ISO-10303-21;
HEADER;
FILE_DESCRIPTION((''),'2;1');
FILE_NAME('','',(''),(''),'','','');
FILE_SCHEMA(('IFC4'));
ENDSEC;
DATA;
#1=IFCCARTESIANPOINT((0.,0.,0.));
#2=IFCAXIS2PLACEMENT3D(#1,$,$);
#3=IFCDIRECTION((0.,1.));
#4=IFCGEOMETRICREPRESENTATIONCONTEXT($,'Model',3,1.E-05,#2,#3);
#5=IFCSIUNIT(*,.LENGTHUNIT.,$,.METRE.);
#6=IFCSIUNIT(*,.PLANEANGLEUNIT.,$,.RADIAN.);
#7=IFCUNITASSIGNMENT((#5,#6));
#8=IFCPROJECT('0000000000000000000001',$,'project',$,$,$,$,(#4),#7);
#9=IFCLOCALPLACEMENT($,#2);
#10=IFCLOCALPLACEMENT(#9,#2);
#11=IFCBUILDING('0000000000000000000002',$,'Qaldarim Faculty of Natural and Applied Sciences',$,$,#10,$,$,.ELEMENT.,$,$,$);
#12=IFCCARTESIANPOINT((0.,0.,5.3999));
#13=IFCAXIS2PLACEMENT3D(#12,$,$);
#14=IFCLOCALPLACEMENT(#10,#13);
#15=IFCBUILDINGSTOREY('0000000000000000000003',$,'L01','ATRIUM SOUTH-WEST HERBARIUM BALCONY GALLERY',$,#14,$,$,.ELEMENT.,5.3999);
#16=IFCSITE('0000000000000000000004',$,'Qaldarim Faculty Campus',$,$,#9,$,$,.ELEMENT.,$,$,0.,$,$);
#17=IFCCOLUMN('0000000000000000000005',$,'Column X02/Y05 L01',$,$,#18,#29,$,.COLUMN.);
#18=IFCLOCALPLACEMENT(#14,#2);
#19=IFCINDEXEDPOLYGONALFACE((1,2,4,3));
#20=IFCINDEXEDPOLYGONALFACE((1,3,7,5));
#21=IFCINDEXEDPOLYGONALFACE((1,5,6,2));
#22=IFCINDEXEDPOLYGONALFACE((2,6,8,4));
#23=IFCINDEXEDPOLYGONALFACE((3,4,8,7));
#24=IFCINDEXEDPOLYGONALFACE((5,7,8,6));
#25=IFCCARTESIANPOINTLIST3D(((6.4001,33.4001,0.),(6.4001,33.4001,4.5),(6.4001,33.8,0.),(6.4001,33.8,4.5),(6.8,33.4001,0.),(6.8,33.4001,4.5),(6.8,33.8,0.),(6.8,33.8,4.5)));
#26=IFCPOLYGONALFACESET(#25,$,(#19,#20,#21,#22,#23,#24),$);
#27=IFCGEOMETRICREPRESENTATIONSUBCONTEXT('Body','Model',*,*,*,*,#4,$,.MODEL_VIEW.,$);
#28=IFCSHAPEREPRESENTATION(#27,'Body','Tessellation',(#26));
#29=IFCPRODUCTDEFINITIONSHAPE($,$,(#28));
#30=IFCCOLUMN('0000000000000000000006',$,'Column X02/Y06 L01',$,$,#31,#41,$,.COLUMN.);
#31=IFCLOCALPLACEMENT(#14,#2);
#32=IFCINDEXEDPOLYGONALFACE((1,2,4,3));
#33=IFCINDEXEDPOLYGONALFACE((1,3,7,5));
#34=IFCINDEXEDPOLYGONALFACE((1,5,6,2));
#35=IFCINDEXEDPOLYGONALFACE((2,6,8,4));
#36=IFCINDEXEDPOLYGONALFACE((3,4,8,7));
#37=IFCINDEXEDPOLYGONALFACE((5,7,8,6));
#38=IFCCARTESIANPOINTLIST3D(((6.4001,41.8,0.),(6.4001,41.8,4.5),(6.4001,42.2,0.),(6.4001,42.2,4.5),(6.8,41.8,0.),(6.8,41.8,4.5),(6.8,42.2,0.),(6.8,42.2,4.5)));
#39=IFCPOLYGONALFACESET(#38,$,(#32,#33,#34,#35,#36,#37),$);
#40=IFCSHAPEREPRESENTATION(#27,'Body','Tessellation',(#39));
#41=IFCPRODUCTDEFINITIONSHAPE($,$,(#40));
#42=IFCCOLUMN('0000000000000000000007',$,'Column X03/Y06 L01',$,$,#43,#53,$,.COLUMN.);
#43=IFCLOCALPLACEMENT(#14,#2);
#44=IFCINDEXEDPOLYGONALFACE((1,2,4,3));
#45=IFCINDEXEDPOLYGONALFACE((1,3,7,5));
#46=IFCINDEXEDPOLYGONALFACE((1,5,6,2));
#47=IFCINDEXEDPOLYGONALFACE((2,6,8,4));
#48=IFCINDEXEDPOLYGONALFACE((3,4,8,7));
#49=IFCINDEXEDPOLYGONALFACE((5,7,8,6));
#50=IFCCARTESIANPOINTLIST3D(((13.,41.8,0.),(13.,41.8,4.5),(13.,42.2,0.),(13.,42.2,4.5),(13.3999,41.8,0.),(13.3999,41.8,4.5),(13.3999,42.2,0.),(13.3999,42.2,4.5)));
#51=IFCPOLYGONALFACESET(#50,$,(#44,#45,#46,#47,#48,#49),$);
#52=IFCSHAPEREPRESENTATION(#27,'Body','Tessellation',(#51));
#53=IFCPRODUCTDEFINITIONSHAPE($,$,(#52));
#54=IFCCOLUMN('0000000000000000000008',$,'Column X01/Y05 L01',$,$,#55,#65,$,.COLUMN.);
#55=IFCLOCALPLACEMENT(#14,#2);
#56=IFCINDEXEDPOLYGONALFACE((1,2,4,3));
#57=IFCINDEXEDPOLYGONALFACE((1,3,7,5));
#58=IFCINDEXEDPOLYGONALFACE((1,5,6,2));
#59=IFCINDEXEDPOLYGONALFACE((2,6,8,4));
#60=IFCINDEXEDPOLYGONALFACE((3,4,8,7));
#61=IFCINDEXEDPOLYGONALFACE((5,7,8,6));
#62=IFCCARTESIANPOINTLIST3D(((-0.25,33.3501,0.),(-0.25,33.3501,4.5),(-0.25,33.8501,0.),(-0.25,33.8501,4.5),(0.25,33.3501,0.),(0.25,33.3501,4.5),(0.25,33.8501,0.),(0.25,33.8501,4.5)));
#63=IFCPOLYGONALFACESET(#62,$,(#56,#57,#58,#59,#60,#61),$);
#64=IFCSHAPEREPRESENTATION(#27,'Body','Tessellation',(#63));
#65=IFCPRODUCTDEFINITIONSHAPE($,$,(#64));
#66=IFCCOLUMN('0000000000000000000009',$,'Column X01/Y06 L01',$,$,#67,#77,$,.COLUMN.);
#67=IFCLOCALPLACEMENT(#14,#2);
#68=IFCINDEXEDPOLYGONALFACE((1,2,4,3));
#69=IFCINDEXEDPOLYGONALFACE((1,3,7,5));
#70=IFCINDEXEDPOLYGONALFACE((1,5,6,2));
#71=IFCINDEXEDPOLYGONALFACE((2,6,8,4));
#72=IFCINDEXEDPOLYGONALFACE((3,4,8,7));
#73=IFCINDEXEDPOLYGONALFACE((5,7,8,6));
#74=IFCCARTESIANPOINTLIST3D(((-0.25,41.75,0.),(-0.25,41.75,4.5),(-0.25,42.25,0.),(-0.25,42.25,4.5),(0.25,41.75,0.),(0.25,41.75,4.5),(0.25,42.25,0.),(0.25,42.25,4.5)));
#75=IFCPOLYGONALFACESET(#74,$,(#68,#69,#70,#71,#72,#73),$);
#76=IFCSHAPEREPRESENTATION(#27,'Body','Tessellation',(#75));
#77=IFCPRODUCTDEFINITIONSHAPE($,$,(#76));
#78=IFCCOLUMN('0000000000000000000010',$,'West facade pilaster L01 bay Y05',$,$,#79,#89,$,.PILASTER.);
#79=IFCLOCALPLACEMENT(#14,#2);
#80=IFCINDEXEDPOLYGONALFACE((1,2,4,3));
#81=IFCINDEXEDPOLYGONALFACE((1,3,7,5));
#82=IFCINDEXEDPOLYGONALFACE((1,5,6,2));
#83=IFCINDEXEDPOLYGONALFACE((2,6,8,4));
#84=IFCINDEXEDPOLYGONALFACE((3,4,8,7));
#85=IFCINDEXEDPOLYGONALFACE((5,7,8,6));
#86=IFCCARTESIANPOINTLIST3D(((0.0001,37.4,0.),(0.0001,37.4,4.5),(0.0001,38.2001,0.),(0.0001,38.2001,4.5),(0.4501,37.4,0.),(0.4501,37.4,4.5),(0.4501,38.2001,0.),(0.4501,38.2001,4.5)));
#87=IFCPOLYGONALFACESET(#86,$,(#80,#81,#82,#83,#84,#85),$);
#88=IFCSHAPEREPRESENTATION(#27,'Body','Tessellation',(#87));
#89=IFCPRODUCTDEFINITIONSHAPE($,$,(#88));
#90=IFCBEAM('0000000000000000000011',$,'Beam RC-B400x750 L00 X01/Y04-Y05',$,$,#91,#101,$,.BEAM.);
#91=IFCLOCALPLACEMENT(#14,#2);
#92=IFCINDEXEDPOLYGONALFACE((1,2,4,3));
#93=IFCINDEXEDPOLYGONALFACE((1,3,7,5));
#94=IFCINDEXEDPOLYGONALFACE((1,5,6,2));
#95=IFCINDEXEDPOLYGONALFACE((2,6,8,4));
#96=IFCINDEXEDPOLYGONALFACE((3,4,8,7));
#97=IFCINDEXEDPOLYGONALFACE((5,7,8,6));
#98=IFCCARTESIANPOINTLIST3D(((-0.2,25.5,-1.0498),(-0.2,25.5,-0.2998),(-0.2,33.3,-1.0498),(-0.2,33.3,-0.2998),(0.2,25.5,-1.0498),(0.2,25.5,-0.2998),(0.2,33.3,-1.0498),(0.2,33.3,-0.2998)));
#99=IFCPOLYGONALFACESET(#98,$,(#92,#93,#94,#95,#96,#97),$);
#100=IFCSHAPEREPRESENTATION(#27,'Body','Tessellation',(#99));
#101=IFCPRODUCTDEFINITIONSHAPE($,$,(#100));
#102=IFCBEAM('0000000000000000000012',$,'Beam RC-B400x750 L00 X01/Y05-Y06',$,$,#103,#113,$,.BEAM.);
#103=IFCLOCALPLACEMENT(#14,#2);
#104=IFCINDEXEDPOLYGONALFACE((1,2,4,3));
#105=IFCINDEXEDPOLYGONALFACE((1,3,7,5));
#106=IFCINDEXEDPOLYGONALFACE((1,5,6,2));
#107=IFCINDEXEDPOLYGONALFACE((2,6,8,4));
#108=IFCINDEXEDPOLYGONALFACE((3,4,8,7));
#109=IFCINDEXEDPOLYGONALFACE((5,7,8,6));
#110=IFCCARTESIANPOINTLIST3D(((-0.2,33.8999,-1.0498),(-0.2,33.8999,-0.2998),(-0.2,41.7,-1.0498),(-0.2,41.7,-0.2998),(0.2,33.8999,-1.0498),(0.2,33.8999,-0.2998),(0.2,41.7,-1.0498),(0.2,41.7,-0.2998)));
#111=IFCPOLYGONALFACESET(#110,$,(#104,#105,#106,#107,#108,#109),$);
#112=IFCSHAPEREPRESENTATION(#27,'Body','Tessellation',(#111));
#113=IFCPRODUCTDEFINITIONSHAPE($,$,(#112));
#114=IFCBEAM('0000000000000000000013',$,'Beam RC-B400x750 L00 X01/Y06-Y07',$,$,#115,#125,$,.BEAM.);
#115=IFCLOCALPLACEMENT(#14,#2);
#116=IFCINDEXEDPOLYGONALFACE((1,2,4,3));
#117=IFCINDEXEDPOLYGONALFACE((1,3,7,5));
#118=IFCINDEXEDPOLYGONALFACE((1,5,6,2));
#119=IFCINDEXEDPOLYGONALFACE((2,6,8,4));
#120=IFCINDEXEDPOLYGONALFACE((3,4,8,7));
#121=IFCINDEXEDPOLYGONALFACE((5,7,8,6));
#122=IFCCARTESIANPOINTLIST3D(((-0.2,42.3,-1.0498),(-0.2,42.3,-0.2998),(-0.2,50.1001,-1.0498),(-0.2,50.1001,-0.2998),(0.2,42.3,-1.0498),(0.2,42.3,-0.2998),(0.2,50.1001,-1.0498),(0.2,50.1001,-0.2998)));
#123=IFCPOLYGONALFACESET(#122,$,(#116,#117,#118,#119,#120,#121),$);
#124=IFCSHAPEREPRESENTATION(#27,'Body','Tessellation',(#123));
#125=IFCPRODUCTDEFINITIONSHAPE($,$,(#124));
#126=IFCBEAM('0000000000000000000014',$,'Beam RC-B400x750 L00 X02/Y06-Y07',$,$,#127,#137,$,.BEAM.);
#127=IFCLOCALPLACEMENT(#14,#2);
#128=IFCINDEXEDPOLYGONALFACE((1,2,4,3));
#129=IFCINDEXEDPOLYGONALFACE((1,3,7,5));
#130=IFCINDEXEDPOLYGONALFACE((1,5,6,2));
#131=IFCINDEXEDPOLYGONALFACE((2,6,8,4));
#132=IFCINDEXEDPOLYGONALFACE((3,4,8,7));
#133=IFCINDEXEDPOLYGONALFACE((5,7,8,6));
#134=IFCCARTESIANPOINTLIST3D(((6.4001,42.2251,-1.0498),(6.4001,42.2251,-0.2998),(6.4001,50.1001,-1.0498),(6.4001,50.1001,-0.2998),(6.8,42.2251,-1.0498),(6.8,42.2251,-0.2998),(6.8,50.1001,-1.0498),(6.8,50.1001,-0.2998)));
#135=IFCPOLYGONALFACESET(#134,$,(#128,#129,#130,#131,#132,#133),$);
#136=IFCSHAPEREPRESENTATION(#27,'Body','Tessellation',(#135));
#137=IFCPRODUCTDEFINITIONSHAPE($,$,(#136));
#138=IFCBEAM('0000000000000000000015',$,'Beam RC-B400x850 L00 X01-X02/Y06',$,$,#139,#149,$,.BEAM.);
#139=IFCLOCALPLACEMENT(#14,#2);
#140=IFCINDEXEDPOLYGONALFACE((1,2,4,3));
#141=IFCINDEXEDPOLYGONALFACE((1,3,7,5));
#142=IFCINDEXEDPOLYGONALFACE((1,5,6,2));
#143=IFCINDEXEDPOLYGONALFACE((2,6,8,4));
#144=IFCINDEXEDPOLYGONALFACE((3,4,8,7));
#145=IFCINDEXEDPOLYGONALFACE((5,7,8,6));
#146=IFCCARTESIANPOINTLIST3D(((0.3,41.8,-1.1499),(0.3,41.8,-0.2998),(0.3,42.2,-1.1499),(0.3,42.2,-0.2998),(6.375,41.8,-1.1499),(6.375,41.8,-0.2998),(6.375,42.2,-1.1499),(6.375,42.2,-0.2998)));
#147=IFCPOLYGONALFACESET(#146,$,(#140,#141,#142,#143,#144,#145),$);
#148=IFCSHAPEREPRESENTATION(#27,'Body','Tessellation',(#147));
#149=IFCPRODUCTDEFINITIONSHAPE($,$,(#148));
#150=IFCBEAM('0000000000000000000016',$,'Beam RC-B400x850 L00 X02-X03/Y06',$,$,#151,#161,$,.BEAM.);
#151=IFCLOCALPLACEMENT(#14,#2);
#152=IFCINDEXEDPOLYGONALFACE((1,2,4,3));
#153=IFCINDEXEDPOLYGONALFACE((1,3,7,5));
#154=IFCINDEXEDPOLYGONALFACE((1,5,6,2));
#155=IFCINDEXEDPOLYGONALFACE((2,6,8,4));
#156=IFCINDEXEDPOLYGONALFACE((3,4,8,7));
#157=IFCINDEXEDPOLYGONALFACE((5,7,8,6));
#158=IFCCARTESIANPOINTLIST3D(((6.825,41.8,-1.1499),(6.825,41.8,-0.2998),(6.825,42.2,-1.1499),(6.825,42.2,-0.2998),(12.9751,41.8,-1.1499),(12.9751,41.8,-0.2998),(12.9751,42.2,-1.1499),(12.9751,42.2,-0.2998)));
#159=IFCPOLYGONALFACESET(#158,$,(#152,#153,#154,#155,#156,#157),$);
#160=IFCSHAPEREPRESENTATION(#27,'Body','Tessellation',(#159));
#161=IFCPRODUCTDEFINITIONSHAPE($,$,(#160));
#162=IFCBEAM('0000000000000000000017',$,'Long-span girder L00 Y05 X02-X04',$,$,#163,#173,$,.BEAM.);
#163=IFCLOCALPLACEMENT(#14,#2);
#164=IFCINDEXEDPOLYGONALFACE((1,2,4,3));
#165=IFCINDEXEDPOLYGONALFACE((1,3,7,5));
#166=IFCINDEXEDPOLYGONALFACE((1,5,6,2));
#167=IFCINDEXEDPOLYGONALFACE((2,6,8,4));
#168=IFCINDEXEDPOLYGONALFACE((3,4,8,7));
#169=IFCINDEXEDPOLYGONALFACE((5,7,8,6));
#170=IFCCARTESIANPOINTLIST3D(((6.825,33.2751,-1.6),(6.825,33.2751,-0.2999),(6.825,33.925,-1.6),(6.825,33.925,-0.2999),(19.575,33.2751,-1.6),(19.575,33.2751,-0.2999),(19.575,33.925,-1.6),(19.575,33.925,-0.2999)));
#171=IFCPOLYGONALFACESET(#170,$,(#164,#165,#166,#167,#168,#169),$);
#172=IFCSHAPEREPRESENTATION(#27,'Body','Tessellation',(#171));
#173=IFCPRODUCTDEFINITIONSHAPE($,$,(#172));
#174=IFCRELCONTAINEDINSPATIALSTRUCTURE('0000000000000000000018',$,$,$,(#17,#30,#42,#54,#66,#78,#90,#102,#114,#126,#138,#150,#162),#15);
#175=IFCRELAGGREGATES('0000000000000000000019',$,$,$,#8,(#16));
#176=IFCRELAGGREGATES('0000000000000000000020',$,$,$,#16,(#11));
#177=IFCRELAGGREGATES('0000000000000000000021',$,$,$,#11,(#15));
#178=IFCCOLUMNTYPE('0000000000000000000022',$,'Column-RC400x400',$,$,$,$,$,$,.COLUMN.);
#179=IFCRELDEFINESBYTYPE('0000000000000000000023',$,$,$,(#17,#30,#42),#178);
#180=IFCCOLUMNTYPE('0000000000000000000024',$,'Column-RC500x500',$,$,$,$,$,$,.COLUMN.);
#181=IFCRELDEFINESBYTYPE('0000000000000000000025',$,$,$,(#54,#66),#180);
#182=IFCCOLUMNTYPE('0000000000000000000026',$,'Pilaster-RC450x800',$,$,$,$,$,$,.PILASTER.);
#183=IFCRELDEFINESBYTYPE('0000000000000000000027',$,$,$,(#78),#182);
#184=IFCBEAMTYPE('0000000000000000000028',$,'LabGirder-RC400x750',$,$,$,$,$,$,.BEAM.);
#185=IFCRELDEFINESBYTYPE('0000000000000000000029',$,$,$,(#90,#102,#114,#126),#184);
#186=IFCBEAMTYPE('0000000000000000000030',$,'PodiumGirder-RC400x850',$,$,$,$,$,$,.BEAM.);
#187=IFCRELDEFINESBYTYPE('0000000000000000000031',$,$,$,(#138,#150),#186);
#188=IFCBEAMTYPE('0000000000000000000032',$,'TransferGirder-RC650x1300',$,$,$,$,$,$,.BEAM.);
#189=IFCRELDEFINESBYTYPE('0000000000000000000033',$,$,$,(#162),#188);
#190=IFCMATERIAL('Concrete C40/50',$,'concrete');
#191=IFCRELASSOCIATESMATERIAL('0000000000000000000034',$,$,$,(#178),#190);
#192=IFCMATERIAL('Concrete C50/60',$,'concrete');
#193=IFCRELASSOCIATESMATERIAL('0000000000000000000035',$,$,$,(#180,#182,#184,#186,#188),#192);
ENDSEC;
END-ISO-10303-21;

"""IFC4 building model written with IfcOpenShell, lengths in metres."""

from ifc_helpers import new_model, si_unit, direction, frame, origin, origin_2d, place, context, subcontext, project, spatial, rectangle, extrude, material, material_profile, profile_set, type_object, element, save


model = new_model("IFC4")

# Units and contexts
model_context = context("Model", 3, precision=1e-05, world=origin(), true_north=direction((0.0, 1.0)))
body_context = subcontext(model_context, "Body", "Model", "MODEL_VIEW")
ifc_project = project(units=[si_unit("LENGTHUNIT", "METRE"), si_unit("PLANEANGLEUNIT", "RADIAN")], contexts=[model_context])

# Site, building, storey
site_placement = place(None, origin())
site = spatial("IfcSite", under=ifc_project, at=site_placement, Name="Qaldarim Faculty Campus", CompositionType="ELEMENT", RefElevation=0.0)
building_placement = place(site_placement, origin())
building = spatial("IfcBuilding", under=site, at=building_placement, Name="Qaldarim Faculty of Natural and Applied Sciences", CompositionType="ELEMENT")
storey_placement = place(building_placement, frame((0.0, 0.0, 5.3999)))
storey = spatial("IfcBuildingStorey", under=building, at=storey_placement, Name="L01", Description="ATRIUM SOUTH-WEST HERBARIUM BALCONY GALLERY", CompositionType="ELEMENT", Elevation=5.3999)

# Columns
ifc_material_1 = material(Name="Concrete C40/50", Category="concrete")
ifc_material_profile_1 = material_profile(ifc_material_1, rectangle(XDim=0.3999, YDim=0.3999, at=origin_2d()), Name="RC-C400x400")
ifc_profile_set_1 = profile_set([ifc_material_profile_1], Name="Concrete C40/50")
column_type_1 = type_object("IfcColumnType", Name="Column-RC400x400", PredefinedType="COLUMN", material=ifc_profile_set_1)
for number, where, z_axis, x_axis, name in (
    (1, (6.6001, 33.6001, 0.0), (0.0, 0.0, 1.0), (1.0, 0.0, 0.0), "Column X02/Y05 L01"),
    (2, (6.6001, 42.0, 0.0), (0.0, 0.0, 1.0), (1.0, 0.0, 0.0), "Column X02/Y06 L01"),
    (3, (13.2, 42.0, 0.0), (0.0, 0.0, 1.0), (1.0, 0.0, 0.0), "Column X03/Y06 L01"),
):
    element("IfcColumn", number, at=place(storey_placement, frame(where, z_axis=z_axis, x_axis=x_axis)), inside=storey, type_object=column_type_1, Name=name, PredefinedType="COLUMN", context=body_context, shape_type="SweptSolid", body=[
        extrude(rectangle(XDim=0.3999, YDim=0.3999, at=origin_2d()), origin(), (0.0, 0.0, 1.0), 4.5),
    ])
ifc_material_2 = material(Name="Concrete C50/60", Category="concrete")
ifc_material_profile_2 = material_profile(ifc_material_2, rectangle(XDim=0.5, YDim=0.5, at=origin_2d()), Name="RC-C500x500")
ifc_profile_set_2 = profile_set([ifc_material_profile_2], Name="Concrete C50/60")
column_type_2 = type_object("IfcColumnType", Name="Column-RC500x500", PredefinedType="COLUMN", material=ifc_profile_set_2)
for number, where, z_axis, x_axis, name in (
    (4, (0.0, 33.6001, 0.0), (0.0, 0.0, 1.0), (1.0, 0.0, 0.0), "Column X01/Y05 L01"),
    (5, (0.0, 42.0, 0.0), (0.0, 0.0, 1.0), (1.0, 0.0, 0.0), "Column X01/Y06 L01"),
):
    element("IfcColumn", number, at=place(storey_placement, frame(where, z_axis=z_axis, x_axis=x_axis)), inside=storey, type_object=column_type_2, Name=name, PredefinedType="COLUMN", context=body_context, shape_type="SweptSolid", body=[
        extrude(rectangle(XDim=0.5, YDim=0.5, at=origin_2d()), origin(), (0.0, 0.0, 1.0), 4.5),
    ])
ifc_material_profile_3 = material_profile(ifc_material_2, rectangle(XDim=0.45, YDim=0.8, at=origin_2d()), Name="RC-C450x800")
ifc_profile_set_3 = profile_set([ifc_material_profile_3], Name="Concrete C50/60")
column_type_3 = type_object("IfcColumnType", Name="Pilaster-RC450x800", PredefinedType="PILASTER", material=ifc_profile_set_3)
column_placement = place(storey_placement, frame((0.2251, 37.8, 0.0), z_axis=(0.0, 0.0, 1.0), x_axis=(1.0, 0.0, 0.0)))
element("IfcColumn", 6, at=column_placement, inside=storey, type_object=column_type_3, Name="West facade pilaster L01 bay Y05", PredefinedType="PILASTER", context=body_context, shape_type="SweptSolid", body=[
    extrude(rectangle(XDim=0.45, YDim=0.8, at=origin_2d()), origin(), (0.0, 0.0, 1.0), 4.5),
])

# Beams
ifc_material_profile_4 = material_profile(ifc_material_2, rectangle(XDim=0.3999, YDim=0.75, at=origin_2d()), Name="RC-B400x750")
ifc_profile_set_4 = profile_set([ifc_material_profile_4], Name="Concrete C50/60")
beam_type_1 = type_object("IfcBeamType", Name="LabGirder-RC400x750", PredefinedType="BEAM", material=ifc_profile_set_4)
for number, where, z_axis, x_axis, name in (
    (7, (0.0, 25.5, -0.6748), (0.0, 1.0, 0.0), (-1.0, 0.0, 0.0), "Beam RC-B400x750 L00 X01/Y04-Y05"),
    (8, (0.0, 33.8999, -0.6748), (0.0, 1.0, 0.0), (-1.0, 0.0, 0.0), "Beam RC-B400x750 L00 X01/Y05-Y06"),
    (9, (0.0, 42.3, -0.6748), (0.0, 1.0, 0.0), (-1.0, 0.0, 0.0), "Beam RC-B400x750 L00 X01/Y06-Y07"),
):
    element("IfcBeam", number, at=place(storey_placement, frame(where, z_axis=z_axis, x_axis=x_axis)), inside=storey, type_object=beam_type_1, Name=name, PredefinedType="BEAM", context=body_context, shape_type="SweptSolid", body=[
        extrude(rectangle(XDim=0.3999, YDim=0.75, at=origin_2d()), origin(), (0.0, 0.0, 1.0), 7.8),
    ])
beam_1_placement = place(storey_placement, frame((6.6001, 42.2251, -0.6748), z_axis=(0.0, 1.0, 0.0), x_axis=(-1.0, 0.0, 0.0)))
element("IfcBeam", 10, at=beam_1_placement, inside=storey, type_object=beam_type_1, Name="Beam RC-B400x750 L00 X02/Y06-Y07", PredefinedType="BEAM", context=body_context, shape_type="SweptSolid", body=[
    extrude(rectangle(XDim=0.3999, YDim=0.75, at=origin_2d()), origin(), (0.0, 0.0, 1.0), 7.875),
])
ifc_material_profile_5 = material_profile(ifc_material_2, rectangle(XDim=0.3999, YDim=0.8501, at=origin_2d()), Name="RC-B400x850")
ifc_profile_set_5 = profile_set([ifc_material_profile_5], Name="Concrete C50/60")
beam_type_2 = type_object("IfcBeamType", Name="PodiumGirder-RC400x850", PredefinedType="BEAM", material=ifc_profile_set_5)
beam_2_placement = place(storey_placement, frame((0.3, 42.0, -0.7249), z_axis=(1.0, 0.0, 0.0), x_axis=(0.0, 1.0, 0.0)))
element("IfcBeam", 11, at=beam_2_placement, inside=storey, type_object=beam_type_2, Name="Beam RC-B400x850 L00 X01-X02/Y06", PredefinedType="BEAM", context=body_context, shape_type="SweptSolid", body=[
    extrude(rectangle(XDim=0.3999, YDim=0.8501, at=origin_2d()), origin(), (0.0, 0.0, 1.0), 6.075),
])
beam_3_placement = place(storey_placement, frame((6.825, 42.0, -0.7249), z_axis=(1.0, 0.0, 0.0), x_axis=(0.0, 1.0, 0.0)))
element("IfcBeam", 12, at=beam_3_placement, inside=storey, type_object=beam_type_2, Name="Beam RC-B400x850 L00 X02-X03/Y06", PredefinedType="BEAM", context=body_context, shape_type="SweptSolid", body=[
    extrude(rectangle(XDim=0.3999, YDim=0.8501, at=origin_2d()), origin(), (0.0, 0.0, 1.0), 6.1501),
])
ifc_material_profile_6 = material_profile(ifc_material_2, rectangle(XDim=0.6499, YDim=1.3, at=origin_2d()), Name="RC-TG650x1300")
ifc_profile_set_6 = profile_set([ifc_material_profile_6], Name="Concrete C50/60")
beam_type_3 = type_object("IfcBeamType", Name="TransferGirder-RC650x1300", PredefinedType="BEAM", material=ifc_profile_set_6)
beam_4_placement = place(storey_placement, frame((6.825, 33.6001, -0.95), z_axis=(1.0, 0.0, 0.0), x_axis=(0.0, 1.0, 0.0)))
element("IfcBeam", 13, at=beam_4_placement, inside=storey, type_object=beam_type_3, Name="Long-span girder L00 Y05 X02-X04", PredefinedType="BEAM", context=body_context, shape_type="SweptSolid", body=[
    extrude(rectangle(XDim=0.6499, YDim=1.3, at=origin_2d()), origin(), (0.0, 0.0, 1.0), 12.75),
])

save(model, "model.ifc")
